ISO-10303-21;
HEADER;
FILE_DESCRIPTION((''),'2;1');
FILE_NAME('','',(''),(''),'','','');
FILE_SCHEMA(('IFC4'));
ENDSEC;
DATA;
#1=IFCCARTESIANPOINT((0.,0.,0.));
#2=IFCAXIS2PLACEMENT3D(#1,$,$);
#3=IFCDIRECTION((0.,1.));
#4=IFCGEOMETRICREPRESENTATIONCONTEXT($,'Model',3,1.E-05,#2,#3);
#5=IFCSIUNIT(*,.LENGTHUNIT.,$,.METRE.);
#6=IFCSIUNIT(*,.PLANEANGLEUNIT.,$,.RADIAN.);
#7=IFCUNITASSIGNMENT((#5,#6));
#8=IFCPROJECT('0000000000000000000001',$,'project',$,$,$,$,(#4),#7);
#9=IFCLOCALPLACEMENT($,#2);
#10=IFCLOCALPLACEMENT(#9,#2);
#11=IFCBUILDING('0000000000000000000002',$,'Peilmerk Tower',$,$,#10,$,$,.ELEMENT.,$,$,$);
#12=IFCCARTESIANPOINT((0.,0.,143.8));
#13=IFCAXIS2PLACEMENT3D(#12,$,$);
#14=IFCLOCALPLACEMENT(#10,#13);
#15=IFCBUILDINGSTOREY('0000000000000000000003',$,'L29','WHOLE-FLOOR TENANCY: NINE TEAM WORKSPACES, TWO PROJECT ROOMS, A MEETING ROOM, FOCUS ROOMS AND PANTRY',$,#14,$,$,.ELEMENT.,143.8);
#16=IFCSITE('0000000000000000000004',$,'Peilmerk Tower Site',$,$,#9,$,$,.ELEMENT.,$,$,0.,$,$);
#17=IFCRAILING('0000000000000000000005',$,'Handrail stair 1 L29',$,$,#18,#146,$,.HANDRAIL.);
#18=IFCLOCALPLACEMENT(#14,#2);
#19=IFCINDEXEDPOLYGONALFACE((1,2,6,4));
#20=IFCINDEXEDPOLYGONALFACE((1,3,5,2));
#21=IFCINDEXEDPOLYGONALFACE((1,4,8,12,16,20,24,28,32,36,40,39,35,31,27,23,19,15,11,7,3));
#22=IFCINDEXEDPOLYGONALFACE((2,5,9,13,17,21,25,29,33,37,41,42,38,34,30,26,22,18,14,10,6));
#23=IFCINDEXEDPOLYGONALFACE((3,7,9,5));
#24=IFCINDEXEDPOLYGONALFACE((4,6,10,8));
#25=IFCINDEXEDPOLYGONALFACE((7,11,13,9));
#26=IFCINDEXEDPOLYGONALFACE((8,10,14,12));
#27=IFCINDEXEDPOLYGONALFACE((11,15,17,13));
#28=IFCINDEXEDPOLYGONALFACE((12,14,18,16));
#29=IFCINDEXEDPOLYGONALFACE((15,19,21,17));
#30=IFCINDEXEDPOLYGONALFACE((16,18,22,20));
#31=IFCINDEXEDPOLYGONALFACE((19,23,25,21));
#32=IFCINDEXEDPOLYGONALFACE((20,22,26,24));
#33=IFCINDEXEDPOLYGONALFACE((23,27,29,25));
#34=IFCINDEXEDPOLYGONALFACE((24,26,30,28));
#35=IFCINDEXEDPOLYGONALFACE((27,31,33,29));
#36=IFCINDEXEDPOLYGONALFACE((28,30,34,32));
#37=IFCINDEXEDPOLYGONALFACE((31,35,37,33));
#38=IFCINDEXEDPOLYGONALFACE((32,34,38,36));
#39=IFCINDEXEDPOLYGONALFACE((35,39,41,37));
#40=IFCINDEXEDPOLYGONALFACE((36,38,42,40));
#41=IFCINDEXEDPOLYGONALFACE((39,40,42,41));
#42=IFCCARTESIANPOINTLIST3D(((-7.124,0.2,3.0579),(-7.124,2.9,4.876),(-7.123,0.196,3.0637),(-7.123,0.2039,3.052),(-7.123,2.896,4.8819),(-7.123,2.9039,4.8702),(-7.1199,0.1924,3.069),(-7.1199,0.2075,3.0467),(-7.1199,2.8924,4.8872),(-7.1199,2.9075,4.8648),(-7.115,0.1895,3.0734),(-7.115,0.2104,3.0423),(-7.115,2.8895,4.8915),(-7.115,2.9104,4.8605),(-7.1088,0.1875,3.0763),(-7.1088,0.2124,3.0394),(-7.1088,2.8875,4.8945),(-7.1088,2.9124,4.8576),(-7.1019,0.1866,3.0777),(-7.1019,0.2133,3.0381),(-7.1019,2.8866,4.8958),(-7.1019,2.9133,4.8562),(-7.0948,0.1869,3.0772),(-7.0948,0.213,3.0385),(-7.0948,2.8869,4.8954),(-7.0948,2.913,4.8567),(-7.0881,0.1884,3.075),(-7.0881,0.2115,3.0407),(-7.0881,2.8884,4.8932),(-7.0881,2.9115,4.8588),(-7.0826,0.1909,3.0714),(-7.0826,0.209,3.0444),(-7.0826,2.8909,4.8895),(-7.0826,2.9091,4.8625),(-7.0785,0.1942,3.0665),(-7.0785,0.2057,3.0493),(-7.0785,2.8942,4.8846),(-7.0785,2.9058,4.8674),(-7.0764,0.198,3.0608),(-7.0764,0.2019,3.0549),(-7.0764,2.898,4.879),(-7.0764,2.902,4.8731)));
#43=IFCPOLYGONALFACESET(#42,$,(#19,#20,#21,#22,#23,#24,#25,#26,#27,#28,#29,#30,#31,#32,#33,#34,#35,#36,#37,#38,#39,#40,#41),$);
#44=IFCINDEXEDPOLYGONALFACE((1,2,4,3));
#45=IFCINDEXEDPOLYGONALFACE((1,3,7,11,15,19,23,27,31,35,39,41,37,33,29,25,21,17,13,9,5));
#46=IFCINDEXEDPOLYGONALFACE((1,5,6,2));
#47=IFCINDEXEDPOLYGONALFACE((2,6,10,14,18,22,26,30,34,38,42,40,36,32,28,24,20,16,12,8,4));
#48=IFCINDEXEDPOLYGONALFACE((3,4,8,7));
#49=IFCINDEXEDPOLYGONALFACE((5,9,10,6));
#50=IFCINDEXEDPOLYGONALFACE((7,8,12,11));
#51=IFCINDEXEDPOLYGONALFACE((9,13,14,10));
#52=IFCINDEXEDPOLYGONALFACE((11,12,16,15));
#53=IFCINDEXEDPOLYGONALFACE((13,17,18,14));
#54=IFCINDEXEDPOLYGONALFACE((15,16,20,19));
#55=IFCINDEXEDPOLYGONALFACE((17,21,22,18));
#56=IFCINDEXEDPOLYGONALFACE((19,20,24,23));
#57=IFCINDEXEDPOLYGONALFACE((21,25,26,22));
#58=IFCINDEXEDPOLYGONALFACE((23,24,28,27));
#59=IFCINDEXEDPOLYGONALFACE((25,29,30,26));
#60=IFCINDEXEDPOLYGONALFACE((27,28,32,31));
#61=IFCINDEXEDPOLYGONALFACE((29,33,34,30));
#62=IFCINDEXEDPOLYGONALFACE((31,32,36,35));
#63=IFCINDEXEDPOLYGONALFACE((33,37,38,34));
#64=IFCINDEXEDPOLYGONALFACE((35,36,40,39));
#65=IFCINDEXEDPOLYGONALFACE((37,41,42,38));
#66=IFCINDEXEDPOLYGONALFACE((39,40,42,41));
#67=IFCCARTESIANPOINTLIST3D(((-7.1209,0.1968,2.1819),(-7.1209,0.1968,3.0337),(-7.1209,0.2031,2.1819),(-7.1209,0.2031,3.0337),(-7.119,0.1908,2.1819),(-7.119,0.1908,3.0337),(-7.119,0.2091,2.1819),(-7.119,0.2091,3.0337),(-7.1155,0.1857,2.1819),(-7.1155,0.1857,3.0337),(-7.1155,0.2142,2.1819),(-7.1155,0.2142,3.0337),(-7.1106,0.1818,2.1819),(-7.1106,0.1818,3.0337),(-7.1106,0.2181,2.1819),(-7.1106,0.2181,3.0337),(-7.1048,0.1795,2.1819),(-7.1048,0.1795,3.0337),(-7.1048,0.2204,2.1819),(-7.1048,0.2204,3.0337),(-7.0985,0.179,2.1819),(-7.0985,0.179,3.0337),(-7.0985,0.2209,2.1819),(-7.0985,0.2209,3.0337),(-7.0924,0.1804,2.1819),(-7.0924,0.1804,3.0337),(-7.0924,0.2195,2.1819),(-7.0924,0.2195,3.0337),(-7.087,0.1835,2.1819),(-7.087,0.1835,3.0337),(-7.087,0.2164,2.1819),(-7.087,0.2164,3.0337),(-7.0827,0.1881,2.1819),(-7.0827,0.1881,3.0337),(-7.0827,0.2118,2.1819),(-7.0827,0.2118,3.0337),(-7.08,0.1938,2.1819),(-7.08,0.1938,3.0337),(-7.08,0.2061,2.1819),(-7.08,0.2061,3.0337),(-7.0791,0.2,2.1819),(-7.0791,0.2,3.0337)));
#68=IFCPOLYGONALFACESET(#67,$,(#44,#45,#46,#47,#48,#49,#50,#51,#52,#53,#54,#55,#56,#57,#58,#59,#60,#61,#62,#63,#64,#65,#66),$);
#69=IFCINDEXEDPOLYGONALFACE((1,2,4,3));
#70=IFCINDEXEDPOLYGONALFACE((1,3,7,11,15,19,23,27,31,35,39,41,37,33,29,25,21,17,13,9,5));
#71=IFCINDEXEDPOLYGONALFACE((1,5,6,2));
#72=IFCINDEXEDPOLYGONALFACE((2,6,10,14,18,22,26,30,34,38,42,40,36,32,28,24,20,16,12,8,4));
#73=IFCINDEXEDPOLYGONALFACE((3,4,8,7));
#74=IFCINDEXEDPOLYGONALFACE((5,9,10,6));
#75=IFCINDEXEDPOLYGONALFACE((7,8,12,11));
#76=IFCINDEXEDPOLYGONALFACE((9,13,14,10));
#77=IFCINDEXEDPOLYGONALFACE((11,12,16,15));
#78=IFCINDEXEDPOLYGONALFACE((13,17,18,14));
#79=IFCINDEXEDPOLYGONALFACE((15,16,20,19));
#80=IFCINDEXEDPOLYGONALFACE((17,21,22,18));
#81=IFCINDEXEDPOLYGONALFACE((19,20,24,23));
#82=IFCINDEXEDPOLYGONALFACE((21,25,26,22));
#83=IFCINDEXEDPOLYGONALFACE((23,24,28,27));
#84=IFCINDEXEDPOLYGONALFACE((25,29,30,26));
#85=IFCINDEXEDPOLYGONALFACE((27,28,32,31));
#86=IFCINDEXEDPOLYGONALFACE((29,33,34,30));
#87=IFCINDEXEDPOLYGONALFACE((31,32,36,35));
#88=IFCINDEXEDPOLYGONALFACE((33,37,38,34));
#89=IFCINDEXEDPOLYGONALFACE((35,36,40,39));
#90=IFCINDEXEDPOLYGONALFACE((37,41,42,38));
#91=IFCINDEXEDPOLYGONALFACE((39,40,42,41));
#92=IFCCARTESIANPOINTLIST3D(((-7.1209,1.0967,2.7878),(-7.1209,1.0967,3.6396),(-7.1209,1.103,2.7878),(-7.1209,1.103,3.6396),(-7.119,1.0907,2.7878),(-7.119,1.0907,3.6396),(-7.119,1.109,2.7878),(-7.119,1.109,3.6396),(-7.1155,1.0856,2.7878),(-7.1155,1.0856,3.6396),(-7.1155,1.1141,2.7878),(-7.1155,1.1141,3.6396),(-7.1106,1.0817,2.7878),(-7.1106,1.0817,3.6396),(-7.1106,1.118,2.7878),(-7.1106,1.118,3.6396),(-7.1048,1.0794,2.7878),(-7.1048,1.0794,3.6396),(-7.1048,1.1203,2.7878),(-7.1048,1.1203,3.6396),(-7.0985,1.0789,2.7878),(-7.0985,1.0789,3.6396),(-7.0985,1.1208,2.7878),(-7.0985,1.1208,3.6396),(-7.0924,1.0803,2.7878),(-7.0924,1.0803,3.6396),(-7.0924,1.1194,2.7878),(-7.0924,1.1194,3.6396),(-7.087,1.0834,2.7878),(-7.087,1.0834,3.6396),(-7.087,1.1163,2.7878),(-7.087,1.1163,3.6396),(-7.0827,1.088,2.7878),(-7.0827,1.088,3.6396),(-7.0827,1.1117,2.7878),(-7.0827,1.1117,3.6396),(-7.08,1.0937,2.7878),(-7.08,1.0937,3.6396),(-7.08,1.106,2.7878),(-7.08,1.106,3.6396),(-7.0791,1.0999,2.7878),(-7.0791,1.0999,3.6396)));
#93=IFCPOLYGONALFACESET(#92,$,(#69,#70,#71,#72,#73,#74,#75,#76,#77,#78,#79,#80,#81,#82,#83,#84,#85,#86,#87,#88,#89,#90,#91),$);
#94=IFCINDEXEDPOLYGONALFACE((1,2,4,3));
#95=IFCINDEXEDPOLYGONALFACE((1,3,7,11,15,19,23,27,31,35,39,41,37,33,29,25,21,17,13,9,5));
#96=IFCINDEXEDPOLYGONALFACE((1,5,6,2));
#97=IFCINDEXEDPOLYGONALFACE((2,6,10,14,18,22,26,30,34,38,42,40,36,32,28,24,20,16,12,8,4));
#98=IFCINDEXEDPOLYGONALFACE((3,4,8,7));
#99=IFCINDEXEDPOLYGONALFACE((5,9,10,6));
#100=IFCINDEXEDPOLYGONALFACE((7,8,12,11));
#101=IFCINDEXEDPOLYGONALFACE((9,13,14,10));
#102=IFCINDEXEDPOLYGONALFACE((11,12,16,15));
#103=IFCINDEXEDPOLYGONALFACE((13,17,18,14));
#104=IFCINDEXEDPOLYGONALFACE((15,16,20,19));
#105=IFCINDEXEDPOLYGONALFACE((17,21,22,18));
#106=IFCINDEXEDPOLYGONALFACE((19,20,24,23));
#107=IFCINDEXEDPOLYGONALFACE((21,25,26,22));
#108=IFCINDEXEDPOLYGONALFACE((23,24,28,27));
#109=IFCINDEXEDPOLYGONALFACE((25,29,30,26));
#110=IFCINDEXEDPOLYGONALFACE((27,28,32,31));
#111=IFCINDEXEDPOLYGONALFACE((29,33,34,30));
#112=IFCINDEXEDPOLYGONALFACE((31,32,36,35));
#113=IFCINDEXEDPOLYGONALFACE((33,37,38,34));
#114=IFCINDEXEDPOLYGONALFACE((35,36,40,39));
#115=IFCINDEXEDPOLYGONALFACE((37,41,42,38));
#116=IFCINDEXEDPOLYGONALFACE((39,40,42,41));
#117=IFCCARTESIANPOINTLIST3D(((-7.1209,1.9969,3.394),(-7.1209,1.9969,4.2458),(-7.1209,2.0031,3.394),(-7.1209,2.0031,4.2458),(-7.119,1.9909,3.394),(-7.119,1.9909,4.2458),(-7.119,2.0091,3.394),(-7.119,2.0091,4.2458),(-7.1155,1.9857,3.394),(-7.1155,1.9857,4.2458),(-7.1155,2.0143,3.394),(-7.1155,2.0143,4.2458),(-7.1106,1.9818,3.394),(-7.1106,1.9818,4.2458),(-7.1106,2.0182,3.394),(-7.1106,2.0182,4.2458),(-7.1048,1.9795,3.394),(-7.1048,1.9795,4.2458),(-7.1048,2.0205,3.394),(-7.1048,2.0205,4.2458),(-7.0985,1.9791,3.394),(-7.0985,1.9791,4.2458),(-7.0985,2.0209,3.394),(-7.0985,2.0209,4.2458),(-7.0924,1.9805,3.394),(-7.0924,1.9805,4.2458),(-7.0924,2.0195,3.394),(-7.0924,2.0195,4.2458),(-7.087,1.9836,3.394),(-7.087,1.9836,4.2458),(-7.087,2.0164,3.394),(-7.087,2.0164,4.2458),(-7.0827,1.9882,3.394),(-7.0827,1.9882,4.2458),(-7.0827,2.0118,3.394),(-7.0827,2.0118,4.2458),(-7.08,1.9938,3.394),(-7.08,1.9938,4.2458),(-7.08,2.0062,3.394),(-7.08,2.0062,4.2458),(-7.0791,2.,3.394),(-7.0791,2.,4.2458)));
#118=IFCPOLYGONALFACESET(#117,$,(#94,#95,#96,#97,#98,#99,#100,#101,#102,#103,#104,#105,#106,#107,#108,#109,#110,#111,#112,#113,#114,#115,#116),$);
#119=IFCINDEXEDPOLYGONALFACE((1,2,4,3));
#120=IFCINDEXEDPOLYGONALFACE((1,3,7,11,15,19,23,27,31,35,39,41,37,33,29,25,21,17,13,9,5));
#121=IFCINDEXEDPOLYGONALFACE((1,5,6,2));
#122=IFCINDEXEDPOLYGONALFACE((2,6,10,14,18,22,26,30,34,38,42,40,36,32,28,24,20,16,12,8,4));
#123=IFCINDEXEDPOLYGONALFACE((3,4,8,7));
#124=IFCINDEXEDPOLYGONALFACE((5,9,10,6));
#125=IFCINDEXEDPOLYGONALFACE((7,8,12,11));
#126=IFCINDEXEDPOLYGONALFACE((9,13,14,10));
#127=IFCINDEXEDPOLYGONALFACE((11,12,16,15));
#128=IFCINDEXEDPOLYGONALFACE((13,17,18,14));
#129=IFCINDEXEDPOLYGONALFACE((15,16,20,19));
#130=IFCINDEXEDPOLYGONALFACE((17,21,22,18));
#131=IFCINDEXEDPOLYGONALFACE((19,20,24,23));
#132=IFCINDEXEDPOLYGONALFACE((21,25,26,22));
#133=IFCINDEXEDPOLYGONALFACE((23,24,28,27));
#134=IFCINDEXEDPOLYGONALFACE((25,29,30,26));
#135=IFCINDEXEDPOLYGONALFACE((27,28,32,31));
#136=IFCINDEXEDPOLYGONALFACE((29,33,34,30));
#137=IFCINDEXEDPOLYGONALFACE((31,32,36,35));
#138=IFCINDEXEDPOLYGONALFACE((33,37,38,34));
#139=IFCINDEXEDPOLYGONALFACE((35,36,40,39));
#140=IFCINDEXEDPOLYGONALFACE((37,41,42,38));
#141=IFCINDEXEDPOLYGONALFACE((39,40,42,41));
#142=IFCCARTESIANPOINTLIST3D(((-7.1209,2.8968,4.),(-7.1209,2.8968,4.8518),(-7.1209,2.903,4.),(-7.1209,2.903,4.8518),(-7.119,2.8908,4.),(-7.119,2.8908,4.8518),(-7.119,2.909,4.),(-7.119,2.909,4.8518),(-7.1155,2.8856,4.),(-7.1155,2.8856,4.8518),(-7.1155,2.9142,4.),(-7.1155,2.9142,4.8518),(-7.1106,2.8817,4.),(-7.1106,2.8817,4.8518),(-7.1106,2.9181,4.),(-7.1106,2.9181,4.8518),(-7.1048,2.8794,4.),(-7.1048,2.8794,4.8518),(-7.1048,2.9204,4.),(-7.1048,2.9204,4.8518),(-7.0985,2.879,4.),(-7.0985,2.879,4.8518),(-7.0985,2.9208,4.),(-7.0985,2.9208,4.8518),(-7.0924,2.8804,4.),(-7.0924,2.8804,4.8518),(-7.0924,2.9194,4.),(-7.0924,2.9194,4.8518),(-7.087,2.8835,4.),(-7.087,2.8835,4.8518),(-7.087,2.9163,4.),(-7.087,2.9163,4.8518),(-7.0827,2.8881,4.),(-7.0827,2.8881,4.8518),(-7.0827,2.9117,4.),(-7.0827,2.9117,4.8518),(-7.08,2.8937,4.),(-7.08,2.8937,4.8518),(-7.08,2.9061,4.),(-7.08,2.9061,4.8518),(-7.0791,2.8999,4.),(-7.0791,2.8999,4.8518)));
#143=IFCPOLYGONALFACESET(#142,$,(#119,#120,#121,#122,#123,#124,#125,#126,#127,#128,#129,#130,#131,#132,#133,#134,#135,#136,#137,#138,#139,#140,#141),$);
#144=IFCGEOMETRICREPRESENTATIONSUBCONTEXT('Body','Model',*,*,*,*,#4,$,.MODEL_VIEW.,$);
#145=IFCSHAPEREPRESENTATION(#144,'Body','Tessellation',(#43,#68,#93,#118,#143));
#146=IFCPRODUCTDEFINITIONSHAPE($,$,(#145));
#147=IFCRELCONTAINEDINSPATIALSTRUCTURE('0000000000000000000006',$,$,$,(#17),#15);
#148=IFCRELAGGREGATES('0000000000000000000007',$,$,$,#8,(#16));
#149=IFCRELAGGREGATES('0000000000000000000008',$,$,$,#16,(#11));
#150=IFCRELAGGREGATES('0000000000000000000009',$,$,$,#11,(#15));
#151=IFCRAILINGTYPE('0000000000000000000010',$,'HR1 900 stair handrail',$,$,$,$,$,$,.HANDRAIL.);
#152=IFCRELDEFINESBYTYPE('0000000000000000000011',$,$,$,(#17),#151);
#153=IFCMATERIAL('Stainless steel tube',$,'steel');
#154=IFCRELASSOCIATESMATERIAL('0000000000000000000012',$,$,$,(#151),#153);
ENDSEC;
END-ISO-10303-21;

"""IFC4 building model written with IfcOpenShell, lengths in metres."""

from ifc_helpers import new_model, si_unit, direction, frame, origin, origin_2d, place, context, subcontext, project, spatial, circle, extrude, material, type_object, element, save


model = new_model("IFC4")

# Units and contexts
model_context = context("Model", 3, precision=1e-05, world=origin(), true_north=direction((0.0, 1.0)))
body_context = subcontext(model_context, "Body", "Model", "MODEL_VIEW")
ifc_project = project(units=[si_unit("LENGTHUNIT", "METRE"), si_unit("PLANEANGLEUNIT", "RADIAN")], contexts=[model_context])

# Site, building, storey
site_placement = place(None, origin())
site = spatial("IfcSite", under=ifc_project, at=site_placement, Name="Peilmerk Tower Site", CompositionType="ELEMENT", RefElevation=0.0)
building_placement = place(site_placement, origin())
building = spatial("IfcBuilding", under=site, at=building_placement, Name="Peilmerk Tower", CompositionType="ELEMENT")
storey_placement = place(building_placement, frame((0.0, 0.0, 143.8)))
storey = spatial("IfcBuildingStorey", under=building, at=storey_placement, Name="L29", Description="WHOLE-FLOOR TENANCY: NINE TEAM WORKSPACES, TWO PROJECT ROOMS, A MEETING ROOM, FOCUS ROOMS AND PANTRY", CompositionType="ELEMENT", Elevation=143.8)

# Railing
ifc_material_1 = material(Name="Stainless steel tube", Category="steel")
railing_type_1 = type_object("IfcRailingType", Name="HR1 900 stair handrail", PredefinedType="HANDRAIL", material=ifc_material_1)
railing_1_placement = place(storey_placement, frame((-7.1001, 0.2, 2.1819)))
element("IfcRailing", 1, at=railing_1_placement, inside=storey, type_object=railing_type_1, Name="Handrail stair 1 L29", PredefinedType="HANDRAIL", context=body_context, shape_type="SweptSolid", body=[
    extrude(circle(Radius=0.0239, at=origin_2d()), frame((0.0, 0.0, 0.876), z_axis=(0.0, 0.829468, 0.558554), x_axis=(-1.0, 0.0, 0.0)), (0.0, 0.0, 1.0), 3.2551),
    extrude(circle(Radius=0.021, at=origin_2d()), origin(), (0.0, 0.0, 1.0), 0.8518),
    extrude(circle(Radius=0.021, at=origin_2d()), frame((0.0, 0.8999, 0.606)), (0.0, 0.0, 1.0), 0.8518),
    extrude(circle(Radius=0.021, at=origin_2d()), frame((0.0, 1.8, 1.2122)), (0.0, 0.0, 1.0), 0.8518),
    extrude(circle(Radius=0.021, at=origin_2d()), frame((0.0, 2.7, 1.8181)), (0.0, 0.0, 1.0), 0.8518),
])

save(model, "model.ifc")
